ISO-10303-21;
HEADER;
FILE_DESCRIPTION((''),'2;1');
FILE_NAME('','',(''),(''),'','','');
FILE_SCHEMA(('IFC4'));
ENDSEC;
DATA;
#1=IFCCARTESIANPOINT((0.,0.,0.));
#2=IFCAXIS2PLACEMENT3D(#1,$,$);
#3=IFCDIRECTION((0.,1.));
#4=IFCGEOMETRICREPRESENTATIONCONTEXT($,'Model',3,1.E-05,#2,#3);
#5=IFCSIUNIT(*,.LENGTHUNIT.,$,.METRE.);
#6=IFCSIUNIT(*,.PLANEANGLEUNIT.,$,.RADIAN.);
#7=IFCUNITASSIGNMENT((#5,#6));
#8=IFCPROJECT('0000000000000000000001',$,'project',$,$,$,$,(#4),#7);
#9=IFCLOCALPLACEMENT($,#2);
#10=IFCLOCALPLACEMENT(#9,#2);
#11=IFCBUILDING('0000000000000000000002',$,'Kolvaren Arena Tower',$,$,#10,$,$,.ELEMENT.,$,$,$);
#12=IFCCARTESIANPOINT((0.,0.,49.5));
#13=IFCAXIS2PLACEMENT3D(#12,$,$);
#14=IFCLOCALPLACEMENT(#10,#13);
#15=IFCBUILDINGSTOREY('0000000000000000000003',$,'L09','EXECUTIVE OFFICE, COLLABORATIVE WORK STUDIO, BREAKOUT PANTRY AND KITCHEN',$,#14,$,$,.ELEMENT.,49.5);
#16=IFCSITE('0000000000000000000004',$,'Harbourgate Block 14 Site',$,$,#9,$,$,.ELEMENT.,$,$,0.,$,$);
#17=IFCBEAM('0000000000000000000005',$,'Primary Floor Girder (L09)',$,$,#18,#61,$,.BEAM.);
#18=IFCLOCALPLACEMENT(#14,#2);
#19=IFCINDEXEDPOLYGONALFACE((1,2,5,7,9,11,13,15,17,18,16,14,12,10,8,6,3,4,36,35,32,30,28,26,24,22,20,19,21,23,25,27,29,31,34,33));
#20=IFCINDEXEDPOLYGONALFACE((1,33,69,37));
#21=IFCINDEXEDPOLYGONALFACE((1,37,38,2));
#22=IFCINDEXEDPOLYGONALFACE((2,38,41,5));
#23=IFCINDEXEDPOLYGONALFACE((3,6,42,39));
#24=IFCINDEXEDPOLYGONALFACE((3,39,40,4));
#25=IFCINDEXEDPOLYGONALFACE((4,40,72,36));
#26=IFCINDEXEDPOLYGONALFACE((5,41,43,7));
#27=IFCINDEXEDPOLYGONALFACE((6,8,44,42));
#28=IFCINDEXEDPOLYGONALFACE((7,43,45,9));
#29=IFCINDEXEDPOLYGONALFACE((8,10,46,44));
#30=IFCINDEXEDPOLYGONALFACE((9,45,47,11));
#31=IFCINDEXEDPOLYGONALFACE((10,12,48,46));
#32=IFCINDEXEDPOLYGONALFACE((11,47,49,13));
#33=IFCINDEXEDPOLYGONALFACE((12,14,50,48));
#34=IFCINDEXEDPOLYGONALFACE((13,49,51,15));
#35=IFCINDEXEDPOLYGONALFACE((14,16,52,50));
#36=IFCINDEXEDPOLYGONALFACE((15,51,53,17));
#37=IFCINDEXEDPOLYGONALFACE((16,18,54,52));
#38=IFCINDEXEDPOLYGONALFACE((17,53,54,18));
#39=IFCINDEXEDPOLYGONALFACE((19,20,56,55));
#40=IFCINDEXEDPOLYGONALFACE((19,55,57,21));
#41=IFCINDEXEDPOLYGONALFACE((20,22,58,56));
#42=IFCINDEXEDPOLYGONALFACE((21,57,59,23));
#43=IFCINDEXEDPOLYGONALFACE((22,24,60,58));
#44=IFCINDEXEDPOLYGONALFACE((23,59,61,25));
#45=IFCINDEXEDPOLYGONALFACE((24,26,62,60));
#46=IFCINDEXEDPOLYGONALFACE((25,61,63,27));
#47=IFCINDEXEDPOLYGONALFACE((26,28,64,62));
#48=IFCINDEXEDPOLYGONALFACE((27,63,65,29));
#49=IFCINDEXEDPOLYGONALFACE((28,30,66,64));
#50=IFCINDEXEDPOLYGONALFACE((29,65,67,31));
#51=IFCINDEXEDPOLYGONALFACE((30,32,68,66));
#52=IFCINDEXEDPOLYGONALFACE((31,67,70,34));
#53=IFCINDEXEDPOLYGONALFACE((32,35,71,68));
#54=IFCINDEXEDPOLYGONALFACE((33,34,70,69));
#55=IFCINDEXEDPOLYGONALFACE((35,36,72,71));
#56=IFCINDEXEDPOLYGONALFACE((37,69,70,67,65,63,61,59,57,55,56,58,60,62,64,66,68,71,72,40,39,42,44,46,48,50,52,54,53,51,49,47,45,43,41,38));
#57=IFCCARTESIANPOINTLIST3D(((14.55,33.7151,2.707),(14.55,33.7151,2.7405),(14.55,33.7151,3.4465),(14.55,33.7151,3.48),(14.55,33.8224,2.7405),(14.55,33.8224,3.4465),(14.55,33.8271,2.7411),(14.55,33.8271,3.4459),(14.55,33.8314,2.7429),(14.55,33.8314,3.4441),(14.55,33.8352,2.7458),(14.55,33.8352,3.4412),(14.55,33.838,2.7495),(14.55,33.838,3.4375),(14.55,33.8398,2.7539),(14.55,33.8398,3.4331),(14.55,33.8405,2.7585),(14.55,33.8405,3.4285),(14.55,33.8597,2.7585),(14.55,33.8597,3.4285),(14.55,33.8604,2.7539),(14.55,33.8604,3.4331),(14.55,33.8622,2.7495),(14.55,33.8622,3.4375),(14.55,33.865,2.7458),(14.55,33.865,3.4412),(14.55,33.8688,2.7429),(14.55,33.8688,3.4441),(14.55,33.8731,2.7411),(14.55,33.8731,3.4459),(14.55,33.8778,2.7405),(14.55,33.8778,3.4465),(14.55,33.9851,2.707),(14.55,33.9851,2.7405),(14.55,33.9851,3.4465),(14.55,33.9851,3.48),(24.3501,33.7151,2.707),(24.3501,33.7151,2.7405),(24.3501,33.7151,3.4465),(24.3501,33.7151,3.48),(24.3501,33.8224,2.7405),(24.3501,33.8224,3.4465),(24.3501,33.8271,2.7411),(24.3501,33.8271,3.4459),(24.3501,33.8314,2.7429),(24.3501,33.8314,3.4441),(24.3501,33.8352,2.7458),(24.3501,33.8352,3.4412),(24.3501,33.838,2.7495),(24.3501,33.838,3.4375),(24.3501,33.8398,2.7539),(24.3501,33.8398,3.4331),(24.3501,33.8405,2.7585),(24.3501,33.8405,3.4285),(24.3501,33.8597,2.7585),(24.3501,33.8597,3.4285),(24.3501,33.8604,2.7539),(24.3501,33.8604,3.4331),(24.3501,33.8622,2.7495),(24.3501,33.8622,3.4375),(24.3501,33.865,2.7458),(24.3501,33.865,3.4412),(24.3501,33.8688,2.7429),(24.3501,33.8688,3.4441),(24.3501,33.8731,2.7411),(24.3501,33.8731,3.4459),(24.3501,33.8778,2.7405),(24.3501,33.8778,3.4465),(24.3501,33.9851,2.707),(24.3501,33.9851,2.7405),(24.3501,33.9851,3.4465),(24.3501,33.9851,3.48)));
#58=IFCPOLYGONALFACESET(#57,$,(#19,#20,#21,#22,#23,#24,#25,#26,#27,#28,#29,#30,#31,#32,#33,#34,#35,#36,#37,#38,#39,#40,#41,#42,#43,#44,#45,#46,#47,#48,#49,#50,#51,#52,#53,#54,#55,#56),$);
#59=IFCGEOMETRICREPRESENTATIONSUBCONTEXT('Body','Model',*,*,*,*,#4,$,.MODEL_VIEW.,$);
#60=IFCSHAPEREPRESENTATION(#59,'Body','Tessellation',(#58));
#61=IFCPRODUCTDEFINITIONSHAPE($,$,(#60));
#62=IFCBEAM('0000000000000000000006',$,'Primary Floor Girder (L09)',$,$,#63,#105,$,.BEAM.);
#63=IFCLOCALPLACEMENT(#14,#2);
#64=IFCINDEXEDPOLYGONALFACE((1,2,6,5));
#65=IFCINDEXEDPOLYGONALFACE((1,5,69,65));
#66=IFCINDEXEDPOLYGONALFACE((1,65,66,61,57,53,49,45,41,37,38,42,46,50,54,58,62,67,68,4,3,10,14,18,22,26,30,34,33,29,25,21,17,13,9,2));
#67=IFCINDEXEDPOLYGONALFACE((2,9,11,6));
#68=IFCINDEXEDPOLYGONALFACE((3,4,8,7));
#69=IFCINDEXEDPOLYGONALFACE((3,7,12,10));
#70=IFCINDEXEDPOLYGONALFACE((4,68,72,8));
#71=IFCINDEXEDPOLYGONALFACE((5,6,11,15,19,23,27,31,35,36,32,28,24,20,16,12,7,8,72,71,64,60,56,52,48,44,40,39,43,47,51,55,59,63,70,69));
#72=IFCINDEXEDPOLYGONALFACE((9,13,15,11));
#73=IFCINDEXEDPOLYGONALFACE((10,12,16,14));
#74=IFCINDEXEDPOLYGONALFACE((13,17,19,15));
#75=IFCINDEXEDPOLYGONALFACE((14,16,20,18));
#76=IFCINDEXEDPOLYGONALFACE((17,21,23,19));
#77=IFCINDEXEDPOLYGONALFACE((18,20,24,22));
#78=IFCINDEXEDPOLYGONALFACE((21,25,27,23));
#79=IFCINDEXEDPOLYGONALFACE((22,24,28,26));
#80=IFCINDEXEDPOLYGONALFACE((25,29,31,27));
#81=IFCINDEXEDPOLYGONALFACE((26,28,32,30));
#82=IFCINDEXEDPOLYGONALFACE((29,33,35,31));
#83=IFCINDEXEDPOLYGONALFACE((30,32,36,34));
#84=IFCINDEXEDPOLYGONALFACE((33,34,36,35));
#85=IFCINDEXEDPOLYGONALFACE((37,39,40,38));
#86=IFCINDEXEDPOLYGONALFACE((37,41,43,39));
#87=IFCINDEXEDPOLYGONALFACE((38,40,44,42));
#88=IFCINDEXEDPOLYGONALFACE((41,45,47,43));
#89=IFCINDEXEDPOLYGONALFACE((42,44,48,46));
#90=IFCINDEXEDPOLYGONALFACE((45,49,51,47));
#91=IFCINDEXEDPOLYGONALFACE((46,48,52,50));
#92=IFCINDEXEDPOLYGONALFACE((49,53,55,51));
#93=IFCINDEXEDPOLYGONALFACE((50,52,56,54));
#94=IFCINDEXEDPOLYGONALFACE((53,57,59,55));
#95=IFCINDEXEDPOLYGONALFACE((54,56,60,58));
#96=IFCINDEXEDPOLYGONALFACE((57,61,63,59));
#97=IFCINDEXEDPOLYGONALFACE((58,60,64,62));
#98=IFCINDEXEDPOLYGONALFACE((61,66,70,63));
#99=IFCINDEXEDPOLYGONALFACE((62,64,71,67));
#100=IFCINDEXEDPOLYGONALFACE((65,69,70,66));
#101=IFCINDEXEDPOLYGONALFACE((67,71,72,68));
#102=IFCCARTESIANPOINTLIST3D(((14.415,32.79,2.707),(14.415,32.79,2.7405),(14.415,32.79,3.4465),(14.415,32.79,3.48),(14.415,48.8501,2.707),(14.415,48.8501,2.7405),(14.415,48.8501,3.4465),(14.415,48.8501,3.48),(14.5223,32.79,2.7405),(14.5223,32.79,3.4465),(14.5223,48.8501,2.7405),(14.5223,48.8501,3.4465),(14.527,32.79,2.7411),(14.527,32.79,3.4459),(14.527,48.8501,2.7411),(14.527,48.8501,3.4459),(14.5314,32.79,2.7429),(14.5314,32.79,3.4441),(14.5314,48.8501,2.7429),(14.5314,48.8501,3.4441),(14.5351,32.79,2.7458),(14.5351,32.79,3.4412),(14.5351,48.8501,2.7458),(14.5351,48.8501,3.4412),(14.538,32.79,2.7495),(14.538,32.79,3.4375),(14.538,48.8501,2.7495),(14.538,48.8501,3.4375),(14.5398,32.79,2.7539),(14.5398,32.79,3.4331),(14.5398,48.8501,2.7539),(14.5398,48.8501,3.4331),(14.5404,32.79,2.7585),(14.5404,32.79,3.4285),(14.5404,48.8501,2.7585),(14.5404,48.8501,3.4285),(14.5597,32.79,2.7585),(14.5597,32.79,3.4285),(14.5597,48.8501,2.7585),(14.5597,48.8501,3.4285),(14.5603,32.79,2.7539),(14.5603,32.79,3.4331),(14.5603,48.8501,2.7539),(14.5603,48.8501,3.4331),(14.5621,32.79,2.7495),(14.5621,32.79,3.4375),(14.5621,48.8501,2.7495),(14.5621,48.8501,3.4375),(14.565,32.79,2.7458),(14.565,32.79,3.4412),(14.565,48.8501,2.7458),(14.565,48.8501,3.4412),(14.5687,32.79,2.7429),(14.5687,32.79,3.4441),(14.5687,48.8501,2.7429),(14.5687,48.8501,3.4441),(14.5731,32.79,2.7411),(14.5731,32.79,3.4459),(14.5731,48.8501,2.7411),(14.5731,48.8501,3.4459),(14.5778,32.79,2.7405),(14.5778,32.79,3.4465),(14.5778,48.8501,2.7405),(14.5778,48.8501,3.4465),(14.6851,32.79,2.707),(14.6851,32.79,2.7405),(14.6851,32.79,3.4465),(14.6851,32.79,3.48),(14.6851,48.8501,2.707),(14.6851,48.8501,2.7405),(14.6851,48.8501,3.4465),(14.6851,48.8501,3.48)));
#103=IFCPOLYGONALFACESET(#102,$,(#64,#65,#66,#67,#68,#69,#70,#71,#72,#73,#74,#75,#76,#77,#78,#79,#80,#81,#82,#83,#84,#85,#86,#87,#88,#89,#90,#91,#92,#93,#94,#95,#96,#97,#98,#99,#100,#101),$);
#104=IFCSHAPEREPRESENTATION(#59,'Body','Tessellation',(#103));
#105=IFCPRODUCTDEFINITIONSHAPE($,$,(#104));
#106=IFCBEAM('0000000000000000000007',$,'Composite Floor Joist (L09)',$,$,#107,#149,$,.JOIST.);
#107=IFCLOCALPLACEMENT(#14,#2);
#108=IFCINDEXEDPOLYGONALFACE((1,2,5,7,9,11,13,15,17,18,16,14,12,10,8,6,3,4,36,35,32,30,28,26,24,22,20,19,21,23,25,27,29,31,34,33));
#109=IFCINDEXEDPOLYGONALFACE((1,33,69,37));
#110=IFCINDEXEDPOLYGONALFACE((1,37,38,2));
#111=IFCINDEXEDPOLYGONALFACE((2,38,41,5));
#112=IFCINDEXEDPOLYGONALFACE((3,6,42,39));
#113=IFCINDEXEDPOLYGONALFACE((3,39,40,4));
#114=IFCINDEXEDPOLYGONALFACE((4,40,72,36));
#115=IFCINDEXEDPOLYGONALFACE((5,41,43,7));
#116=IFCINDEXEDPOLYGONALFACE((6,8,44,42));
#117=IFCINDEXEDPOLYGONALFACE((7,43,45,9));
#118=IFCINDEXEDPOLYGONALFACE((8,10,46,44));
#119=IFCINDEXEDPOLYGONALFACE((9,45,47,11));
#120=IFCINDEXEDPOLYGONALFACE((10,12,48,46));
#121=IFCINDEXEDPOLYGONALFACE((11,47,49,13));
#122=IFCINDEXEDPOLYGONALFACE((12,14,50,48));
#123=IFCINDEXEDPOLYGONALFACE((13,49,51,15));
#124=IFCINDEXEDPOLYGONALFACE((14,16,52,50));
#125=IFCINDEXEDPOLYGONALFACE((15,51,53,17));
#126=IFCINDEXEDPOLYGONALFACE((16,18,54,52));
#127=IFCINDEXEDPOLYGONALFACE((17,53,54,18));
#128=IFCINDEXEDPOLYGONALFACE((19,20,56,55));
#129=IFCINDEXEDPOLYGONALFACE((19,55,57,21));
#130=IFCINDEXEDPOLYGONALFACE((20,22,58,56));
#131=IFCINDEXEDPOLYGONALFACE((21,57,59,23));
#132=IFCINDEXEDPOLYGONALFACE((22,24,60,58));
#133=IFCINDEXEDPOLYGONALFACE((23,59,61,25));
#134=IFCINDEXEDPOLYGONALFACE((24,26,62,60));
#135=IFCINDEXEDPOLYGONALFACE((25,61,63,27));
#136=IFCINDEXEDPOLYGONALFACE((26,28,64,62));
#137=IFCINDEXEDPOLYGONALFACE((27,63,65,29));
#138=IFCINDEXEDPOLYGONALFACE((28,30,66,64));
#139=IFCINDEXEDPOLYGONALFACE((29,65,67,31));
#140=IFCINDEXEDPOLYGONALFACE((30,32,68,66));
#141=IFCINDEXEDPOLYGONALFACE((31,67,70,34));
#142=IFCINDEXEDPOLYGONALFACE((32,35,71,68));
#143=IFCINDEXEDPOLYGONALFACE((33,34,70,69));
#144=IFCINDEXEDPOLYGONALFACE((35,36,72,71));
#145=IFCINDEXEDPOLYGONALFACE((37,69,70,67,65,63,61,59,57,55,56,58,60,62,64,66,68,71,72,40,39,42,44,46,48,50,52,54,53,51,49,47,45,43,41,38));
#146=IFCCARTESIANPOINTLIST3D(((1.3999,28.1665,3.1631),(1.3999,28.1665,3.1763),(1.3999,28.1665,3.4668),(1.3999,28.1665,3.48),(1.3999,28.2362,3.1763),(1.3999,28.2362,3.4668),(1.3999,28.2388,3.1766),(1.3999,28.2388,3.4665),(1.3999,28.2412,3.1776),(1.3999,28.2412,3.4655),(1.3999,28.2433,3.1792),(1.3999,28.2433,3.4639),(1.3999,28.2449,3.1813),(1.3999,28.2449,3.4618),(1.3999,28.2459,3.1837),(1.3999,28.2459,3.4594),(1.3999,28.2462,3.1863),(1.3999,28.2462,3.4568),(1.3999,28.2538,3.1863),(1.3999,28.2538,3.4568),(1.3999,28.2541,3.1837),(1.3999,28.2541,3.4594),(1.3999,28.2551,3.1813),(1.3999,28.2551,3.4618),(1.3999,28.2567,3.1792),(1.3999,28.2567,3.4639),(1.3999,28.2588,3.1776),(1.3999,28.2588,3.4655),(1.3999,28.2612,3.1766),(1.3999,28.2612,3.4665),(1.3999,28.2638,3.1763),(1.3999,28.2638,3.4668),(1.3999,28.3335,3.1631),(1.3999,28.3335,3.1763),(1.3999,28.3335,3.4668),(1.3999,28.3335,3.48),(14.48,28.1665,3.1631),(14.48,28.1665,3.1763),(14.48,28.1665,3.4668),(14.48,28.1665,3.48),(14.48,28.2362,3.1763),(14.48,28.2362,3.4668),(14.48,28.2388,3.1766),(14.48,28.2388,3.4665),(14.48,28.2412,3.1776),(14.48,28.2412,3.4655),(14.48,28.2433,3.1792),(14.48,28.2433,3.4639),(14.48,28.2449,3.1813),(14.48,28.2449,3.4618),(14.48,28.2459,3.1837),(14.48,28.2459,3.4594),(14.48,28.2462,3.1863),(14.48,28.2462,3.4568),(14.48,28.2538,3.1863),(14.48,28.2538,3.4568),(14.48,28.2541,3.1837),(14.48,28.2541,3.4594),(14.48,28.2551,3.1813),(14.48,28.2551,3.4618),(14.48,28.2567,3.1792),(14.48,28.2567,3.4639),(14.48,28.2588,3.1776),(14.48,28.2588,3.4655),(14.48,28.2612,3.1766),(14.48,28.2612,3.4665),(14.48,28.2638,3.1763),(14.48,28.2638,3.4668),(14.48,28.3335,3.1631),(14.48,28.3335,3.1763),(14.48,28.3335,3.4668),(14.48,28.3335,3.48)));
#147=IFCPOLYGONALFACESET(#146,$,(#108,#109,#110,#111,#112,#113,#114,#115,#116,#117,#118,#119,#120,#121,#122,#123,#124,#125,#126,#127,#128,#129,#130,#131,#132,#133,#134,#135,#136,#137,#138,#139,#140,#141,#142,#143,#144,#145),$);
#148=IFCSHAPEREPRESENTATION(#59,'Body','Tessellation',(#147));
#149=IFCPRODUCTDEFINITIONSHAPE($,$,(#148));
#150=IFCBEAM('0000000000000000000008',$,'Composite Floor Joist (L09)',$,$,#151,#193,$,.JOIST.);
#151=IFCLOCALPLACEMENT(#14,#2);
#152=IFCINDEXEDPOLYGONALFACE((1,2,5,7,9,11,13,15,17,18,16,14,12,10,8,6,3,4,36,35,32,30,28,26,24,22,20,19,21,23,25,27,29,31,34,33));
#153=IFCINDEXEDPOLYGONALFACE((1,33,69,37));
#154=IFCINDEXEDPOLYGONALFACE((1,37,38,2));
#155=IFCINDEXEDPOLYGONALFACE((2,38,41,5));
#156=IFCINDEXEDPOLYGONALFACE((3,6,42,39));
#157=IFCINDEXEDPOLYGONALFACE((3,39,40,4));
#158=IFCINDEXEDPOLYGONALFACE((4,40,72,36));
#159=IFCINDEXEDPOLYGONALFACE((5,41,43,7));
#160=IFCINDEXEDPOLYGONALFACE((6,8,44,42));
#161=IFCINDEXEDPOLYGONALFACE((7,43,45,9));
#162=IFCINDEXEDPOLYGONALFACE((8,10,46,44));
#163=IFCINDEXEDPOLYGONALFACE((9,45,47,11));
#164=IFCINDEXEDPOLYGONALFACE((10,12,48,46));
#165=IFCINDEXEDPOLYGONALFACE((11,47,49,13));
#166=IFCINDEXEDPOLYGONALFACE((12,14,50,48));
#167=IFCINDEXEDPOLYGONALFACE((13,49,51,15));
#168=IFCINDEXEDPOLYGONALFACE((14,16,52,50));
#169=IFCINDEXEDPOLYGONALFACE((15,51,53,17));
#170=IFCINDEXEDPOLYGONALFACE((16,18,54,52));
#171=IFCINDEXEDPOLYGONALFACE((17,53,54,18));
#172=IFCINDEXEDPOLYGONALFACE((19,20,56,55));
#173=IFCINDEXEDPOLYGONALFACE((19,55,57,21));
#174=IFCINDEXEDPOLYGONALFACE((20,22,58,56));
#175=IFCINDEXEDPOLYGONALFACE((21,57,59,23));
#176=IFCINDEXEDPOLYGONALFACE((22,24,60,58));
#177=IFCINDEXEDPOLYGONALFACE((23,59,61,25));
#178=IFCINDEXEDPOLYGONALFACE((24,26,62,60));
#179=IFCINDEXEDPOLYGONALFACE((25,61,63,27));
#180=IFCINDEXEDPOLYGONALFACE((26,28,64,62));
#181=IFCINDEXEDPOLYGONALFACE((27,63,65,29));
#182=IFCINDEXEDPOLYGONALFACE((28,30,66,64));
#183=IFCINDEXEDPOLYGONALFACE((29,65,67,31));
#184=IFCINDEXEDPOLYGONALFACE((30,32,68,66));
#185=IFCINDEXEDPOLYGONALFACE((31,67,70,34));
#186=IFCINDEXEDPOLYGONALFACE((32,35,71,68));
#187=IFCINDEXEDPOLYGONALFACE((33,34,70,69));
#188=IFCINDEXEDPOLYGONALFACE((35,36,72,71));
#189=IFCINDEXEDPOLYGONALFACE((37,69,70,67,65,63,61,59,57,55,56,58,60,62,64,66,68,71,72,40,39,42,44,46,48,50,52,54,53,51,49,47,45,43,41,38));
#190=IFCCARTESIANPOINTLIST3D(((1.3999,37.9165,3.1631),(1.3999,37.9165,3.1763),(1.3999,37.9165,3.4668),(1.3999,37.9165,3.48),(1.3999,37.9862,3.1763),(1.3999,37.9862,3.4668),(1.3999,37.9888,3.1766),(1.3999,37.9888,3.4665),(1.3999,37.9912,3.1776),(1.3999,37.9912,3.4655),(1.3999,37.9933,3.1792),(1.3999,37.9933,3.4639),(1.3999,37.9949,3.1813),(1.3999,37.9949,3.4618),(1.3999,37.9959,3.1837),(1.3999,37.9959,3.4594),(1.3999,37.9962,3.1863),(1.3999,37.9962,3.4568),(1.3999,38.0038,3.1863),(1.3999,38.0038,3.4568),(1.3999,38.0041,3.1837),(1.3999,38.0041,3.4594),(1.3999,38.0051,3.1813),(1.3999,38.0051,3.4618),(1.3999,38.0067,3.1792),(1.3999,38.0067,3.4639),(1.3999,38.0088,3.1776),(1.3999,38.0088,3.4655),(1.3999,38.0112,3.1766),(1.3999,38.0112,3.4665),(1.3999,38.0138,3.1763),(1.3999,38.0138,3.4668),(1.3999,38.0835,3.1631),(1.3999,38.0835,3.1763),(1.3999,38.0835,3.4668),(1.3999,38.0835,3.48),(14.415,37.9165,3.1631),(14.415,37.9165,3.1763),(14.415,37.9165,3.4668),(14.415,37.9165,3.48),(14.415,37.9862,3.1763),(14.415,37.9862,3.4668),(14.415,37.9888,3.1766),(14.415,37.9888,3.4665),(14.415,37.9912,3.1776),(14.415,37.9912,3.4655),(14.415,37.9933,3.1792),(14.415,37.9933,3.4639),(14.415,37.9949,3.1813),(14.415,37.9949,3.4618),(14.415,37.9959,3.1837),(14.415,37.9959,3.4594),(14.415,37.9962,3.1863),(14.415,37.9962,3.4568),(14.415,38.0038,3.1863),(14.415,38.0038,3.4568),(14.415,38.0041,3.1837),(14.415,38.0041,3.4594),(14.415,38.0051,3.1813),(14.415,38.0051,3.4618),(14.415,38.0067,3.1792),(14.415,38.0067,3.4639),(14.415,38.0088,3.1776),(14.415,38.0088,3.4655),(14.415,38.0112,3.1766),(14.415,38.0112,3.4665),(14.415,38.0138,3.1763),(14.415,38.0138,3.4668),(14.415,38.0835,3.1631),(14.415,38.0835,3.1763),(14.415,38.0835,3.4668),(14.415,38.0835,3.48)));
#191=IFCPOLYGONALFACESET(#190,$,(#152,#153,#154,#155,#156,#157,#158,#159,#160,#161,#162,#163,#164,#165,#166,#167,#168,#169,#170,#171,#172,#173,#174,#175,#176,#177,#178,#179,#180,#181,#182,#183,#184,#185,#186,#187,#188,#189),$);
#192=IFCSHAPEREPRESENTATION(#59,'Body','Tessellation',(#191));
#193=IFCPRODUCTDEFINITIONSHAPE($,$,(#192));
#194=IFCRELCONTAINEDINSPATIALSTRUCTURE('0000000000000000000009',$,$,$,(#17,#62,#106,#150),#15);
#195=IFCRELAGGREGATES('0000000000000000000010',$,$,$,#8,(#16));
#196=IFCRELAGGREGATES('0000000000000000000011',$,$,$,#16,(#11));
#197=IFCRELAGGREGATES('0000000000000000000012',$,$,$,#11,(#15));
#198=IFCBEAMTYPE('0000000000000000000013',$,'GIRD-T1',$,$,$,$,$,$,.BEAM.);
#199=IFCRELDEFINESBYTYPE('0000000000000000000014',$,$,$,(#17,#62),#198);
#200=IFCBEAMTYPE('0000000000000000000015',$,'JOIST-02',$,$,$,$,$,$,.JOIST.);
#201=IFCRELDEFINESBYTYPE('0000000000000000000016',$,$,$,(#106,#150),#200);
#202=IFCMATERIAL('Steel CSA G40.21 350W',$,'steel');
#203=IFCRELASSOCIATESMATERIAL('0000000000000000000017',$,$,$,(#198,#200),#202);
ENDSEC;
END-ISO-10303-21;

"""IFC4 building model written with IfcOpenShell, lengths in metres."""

from ifc_helpers import new_model, si_unit, direction, frame, origin, origin_2d, place, context, subcontext, project, spatial, i_section, extrude, material, material_profile, profile_set, type_object, element, save


model = new_model("IFC4")

# Units and contexts
model_context = context("Model", 3, precision=1e-05, world=origin(), true_north=direction((0.0, 1.0)))
body_context = subcontext(model_context, "Body", "Model", "MODEL_VIEW")
ifc_project = project(units=[si_unit("LENGTHUNIT", "METRE"), si_unit("PLANEANGLEUNIT", "RADIAN")], contexts=[model_context])

# Site, building, storey
site_placement = place(None, origin())
site = spatial("IfcSite", under=ifc_project, at=site_placement, Name="Harbourgate Block 14 Site", CompositionType="ELEMENT", RefElevation=0.0)
building_placement = place(site_placement, origin())
building = spatial("IfcBuilding", under=site, at=building_placement, Name="Kolvaren Arena Tower", CompositionType="ELEMENT")
storey_placement = place(building_placement, frame((0.0, 0.0, 49.5)))
storey = spatial("IfcBuildingStorey", under=building, at=storey_placement, Name="L09", Description="EXECUTIVE OFFICE, COLLABORATIVE WORK STUDIO, BREAKOUT PANTRY AND KITCHEN", CompositionType="ELEMENT", Elevation=49.5)

# Beams
ifc_material_1 = material(Name="Steel CSA G40.21 350W", Category="steel")
ifc_material_profile_1 = material_profile(ifc_material_1, i_section(OverallWidth=0.27, OverallDepth=0.7729, WebThickness=0.0193, FlangeThickness=0.0334, FilletRadius=0.0181, at=origin_2d()), Name="W760x257")
ifc_profile_set_1 = profile_set([ifc_material_profile_1], Name="Steel CSA G40.21 350W")
beam_type_1 = type_object("IfcBeamType", Name="GIRD-T1", PredefinedType="BEAM", material=ifc_profile_set_1)
beam_1_placement = place(storey_placement, frame((14.55, 33.8501, 3.0935), z_axis=(1.0, 0.0, 0.0), x_axis=(0.0, 1.0, 0.0)))
element("IfcBeam", 1, at=beam_1_placement, inside=storey, type_object=beam_type_1, Name="Primary Floor Girder (L09)", PredefinedType="BEAM", context=body_context, shape_type="SweptSolid", body=[
    extrude(i_section(OverallWidth=0.27, OverallDepth=0.7729, WebThickness=0.0193, FlangeThickness=0.0334, FilletRadius=0.0181, at=origin_2d()), origin(), (0.0, 0.0, 1.0), 9.8),
])
beam_2_placement = place(storey_placement, frame((14.55, 32.79, 3.0935), z_axis=(0.0, 1.0, 0.0), x_axis=(-1.0, 0.0, 0.0)))
element("IfcBeam", 2, at=beam_2_placement, inside=storey, type_object=beam_type_1, Name="Primary Floor Girder (L09)", PredefinedType="BEAM", context=body_context, shape_type="SweptSolid", body=[
    extrude(i_section(OverallWidth=0.27, OverallDepth=0.7729, WebThickness=0.0193, FlangeThickness=0.0334, FilletRadius=0.0181, at=origin_2d()), origin(), (0.0, 0.0, 1.0), 16.0601),
])
ifc_material_profile_2 = material_profile(ifc_material_1, i_section(OverallWidth=0.167, OverallDepth=0.3169, WebThickness=0.0076, FlangeThickness=0.0132, FilletRadius=0.01, at=origin_2d()), Name="W310x52")
ifc_profile_set_2 = profile_set([ifc_material_profile_2], Name="Steel CSA G40.21 350W")
beam_type_2 = type_object("IfcBeamType", Name="JOIST-02", PredefinedType="JOIST", material=ifc_profile_set_2)
beam_3_placement = place(storey_placement, frame((1.3999, 28.25, 3.3215), z_axis=(1.0, 0.0, 0.0), x_axis=(0.0, 1.0, 0.0)))
element("IfcBeam", 3, at=beam_3_placement, inside=storey, type_object=beam_type_2, Name="Composite Floor Joist (L09)", PredefinedType="JOIST", context=body_context, shape_type="SweptSolid", body=[
    extrude(i_section(OverallWidth=0.167, OverallDepth=0.3169, WebThickness=0.0076, FlangeThickness=0.0132, FilletRadius=0.01, at=origin_2d()), origin(), (0.0, 0.0, 1.0), 13.0801),
])
beam_4_placement = place(storey_placement, frame((1.3999, 38.0, 3.3215), z_axis=(1.0, 0.0, 0.0), x_axis=(0.0, 1.0, 0.0)))
element("IfcBeam", 4, at=beam_4_placement, inside=storey, type_object=beam_type_2, Name="Composite Floor Joist (L09)", PredefinedType="JOIST", context=body_context, shape_type="SweptSolid", body=[
    extrude(i_section(OverallWidth=0.167, OverallDepth=0.3169, WebThickness=0.0076, FlangeThickness=0.0132, FilletRadius=0.01, at=origin_2d()), origin(), (0.0, 0.0, 1.0), 13.0151),
])

save(model, "model.ifc")
